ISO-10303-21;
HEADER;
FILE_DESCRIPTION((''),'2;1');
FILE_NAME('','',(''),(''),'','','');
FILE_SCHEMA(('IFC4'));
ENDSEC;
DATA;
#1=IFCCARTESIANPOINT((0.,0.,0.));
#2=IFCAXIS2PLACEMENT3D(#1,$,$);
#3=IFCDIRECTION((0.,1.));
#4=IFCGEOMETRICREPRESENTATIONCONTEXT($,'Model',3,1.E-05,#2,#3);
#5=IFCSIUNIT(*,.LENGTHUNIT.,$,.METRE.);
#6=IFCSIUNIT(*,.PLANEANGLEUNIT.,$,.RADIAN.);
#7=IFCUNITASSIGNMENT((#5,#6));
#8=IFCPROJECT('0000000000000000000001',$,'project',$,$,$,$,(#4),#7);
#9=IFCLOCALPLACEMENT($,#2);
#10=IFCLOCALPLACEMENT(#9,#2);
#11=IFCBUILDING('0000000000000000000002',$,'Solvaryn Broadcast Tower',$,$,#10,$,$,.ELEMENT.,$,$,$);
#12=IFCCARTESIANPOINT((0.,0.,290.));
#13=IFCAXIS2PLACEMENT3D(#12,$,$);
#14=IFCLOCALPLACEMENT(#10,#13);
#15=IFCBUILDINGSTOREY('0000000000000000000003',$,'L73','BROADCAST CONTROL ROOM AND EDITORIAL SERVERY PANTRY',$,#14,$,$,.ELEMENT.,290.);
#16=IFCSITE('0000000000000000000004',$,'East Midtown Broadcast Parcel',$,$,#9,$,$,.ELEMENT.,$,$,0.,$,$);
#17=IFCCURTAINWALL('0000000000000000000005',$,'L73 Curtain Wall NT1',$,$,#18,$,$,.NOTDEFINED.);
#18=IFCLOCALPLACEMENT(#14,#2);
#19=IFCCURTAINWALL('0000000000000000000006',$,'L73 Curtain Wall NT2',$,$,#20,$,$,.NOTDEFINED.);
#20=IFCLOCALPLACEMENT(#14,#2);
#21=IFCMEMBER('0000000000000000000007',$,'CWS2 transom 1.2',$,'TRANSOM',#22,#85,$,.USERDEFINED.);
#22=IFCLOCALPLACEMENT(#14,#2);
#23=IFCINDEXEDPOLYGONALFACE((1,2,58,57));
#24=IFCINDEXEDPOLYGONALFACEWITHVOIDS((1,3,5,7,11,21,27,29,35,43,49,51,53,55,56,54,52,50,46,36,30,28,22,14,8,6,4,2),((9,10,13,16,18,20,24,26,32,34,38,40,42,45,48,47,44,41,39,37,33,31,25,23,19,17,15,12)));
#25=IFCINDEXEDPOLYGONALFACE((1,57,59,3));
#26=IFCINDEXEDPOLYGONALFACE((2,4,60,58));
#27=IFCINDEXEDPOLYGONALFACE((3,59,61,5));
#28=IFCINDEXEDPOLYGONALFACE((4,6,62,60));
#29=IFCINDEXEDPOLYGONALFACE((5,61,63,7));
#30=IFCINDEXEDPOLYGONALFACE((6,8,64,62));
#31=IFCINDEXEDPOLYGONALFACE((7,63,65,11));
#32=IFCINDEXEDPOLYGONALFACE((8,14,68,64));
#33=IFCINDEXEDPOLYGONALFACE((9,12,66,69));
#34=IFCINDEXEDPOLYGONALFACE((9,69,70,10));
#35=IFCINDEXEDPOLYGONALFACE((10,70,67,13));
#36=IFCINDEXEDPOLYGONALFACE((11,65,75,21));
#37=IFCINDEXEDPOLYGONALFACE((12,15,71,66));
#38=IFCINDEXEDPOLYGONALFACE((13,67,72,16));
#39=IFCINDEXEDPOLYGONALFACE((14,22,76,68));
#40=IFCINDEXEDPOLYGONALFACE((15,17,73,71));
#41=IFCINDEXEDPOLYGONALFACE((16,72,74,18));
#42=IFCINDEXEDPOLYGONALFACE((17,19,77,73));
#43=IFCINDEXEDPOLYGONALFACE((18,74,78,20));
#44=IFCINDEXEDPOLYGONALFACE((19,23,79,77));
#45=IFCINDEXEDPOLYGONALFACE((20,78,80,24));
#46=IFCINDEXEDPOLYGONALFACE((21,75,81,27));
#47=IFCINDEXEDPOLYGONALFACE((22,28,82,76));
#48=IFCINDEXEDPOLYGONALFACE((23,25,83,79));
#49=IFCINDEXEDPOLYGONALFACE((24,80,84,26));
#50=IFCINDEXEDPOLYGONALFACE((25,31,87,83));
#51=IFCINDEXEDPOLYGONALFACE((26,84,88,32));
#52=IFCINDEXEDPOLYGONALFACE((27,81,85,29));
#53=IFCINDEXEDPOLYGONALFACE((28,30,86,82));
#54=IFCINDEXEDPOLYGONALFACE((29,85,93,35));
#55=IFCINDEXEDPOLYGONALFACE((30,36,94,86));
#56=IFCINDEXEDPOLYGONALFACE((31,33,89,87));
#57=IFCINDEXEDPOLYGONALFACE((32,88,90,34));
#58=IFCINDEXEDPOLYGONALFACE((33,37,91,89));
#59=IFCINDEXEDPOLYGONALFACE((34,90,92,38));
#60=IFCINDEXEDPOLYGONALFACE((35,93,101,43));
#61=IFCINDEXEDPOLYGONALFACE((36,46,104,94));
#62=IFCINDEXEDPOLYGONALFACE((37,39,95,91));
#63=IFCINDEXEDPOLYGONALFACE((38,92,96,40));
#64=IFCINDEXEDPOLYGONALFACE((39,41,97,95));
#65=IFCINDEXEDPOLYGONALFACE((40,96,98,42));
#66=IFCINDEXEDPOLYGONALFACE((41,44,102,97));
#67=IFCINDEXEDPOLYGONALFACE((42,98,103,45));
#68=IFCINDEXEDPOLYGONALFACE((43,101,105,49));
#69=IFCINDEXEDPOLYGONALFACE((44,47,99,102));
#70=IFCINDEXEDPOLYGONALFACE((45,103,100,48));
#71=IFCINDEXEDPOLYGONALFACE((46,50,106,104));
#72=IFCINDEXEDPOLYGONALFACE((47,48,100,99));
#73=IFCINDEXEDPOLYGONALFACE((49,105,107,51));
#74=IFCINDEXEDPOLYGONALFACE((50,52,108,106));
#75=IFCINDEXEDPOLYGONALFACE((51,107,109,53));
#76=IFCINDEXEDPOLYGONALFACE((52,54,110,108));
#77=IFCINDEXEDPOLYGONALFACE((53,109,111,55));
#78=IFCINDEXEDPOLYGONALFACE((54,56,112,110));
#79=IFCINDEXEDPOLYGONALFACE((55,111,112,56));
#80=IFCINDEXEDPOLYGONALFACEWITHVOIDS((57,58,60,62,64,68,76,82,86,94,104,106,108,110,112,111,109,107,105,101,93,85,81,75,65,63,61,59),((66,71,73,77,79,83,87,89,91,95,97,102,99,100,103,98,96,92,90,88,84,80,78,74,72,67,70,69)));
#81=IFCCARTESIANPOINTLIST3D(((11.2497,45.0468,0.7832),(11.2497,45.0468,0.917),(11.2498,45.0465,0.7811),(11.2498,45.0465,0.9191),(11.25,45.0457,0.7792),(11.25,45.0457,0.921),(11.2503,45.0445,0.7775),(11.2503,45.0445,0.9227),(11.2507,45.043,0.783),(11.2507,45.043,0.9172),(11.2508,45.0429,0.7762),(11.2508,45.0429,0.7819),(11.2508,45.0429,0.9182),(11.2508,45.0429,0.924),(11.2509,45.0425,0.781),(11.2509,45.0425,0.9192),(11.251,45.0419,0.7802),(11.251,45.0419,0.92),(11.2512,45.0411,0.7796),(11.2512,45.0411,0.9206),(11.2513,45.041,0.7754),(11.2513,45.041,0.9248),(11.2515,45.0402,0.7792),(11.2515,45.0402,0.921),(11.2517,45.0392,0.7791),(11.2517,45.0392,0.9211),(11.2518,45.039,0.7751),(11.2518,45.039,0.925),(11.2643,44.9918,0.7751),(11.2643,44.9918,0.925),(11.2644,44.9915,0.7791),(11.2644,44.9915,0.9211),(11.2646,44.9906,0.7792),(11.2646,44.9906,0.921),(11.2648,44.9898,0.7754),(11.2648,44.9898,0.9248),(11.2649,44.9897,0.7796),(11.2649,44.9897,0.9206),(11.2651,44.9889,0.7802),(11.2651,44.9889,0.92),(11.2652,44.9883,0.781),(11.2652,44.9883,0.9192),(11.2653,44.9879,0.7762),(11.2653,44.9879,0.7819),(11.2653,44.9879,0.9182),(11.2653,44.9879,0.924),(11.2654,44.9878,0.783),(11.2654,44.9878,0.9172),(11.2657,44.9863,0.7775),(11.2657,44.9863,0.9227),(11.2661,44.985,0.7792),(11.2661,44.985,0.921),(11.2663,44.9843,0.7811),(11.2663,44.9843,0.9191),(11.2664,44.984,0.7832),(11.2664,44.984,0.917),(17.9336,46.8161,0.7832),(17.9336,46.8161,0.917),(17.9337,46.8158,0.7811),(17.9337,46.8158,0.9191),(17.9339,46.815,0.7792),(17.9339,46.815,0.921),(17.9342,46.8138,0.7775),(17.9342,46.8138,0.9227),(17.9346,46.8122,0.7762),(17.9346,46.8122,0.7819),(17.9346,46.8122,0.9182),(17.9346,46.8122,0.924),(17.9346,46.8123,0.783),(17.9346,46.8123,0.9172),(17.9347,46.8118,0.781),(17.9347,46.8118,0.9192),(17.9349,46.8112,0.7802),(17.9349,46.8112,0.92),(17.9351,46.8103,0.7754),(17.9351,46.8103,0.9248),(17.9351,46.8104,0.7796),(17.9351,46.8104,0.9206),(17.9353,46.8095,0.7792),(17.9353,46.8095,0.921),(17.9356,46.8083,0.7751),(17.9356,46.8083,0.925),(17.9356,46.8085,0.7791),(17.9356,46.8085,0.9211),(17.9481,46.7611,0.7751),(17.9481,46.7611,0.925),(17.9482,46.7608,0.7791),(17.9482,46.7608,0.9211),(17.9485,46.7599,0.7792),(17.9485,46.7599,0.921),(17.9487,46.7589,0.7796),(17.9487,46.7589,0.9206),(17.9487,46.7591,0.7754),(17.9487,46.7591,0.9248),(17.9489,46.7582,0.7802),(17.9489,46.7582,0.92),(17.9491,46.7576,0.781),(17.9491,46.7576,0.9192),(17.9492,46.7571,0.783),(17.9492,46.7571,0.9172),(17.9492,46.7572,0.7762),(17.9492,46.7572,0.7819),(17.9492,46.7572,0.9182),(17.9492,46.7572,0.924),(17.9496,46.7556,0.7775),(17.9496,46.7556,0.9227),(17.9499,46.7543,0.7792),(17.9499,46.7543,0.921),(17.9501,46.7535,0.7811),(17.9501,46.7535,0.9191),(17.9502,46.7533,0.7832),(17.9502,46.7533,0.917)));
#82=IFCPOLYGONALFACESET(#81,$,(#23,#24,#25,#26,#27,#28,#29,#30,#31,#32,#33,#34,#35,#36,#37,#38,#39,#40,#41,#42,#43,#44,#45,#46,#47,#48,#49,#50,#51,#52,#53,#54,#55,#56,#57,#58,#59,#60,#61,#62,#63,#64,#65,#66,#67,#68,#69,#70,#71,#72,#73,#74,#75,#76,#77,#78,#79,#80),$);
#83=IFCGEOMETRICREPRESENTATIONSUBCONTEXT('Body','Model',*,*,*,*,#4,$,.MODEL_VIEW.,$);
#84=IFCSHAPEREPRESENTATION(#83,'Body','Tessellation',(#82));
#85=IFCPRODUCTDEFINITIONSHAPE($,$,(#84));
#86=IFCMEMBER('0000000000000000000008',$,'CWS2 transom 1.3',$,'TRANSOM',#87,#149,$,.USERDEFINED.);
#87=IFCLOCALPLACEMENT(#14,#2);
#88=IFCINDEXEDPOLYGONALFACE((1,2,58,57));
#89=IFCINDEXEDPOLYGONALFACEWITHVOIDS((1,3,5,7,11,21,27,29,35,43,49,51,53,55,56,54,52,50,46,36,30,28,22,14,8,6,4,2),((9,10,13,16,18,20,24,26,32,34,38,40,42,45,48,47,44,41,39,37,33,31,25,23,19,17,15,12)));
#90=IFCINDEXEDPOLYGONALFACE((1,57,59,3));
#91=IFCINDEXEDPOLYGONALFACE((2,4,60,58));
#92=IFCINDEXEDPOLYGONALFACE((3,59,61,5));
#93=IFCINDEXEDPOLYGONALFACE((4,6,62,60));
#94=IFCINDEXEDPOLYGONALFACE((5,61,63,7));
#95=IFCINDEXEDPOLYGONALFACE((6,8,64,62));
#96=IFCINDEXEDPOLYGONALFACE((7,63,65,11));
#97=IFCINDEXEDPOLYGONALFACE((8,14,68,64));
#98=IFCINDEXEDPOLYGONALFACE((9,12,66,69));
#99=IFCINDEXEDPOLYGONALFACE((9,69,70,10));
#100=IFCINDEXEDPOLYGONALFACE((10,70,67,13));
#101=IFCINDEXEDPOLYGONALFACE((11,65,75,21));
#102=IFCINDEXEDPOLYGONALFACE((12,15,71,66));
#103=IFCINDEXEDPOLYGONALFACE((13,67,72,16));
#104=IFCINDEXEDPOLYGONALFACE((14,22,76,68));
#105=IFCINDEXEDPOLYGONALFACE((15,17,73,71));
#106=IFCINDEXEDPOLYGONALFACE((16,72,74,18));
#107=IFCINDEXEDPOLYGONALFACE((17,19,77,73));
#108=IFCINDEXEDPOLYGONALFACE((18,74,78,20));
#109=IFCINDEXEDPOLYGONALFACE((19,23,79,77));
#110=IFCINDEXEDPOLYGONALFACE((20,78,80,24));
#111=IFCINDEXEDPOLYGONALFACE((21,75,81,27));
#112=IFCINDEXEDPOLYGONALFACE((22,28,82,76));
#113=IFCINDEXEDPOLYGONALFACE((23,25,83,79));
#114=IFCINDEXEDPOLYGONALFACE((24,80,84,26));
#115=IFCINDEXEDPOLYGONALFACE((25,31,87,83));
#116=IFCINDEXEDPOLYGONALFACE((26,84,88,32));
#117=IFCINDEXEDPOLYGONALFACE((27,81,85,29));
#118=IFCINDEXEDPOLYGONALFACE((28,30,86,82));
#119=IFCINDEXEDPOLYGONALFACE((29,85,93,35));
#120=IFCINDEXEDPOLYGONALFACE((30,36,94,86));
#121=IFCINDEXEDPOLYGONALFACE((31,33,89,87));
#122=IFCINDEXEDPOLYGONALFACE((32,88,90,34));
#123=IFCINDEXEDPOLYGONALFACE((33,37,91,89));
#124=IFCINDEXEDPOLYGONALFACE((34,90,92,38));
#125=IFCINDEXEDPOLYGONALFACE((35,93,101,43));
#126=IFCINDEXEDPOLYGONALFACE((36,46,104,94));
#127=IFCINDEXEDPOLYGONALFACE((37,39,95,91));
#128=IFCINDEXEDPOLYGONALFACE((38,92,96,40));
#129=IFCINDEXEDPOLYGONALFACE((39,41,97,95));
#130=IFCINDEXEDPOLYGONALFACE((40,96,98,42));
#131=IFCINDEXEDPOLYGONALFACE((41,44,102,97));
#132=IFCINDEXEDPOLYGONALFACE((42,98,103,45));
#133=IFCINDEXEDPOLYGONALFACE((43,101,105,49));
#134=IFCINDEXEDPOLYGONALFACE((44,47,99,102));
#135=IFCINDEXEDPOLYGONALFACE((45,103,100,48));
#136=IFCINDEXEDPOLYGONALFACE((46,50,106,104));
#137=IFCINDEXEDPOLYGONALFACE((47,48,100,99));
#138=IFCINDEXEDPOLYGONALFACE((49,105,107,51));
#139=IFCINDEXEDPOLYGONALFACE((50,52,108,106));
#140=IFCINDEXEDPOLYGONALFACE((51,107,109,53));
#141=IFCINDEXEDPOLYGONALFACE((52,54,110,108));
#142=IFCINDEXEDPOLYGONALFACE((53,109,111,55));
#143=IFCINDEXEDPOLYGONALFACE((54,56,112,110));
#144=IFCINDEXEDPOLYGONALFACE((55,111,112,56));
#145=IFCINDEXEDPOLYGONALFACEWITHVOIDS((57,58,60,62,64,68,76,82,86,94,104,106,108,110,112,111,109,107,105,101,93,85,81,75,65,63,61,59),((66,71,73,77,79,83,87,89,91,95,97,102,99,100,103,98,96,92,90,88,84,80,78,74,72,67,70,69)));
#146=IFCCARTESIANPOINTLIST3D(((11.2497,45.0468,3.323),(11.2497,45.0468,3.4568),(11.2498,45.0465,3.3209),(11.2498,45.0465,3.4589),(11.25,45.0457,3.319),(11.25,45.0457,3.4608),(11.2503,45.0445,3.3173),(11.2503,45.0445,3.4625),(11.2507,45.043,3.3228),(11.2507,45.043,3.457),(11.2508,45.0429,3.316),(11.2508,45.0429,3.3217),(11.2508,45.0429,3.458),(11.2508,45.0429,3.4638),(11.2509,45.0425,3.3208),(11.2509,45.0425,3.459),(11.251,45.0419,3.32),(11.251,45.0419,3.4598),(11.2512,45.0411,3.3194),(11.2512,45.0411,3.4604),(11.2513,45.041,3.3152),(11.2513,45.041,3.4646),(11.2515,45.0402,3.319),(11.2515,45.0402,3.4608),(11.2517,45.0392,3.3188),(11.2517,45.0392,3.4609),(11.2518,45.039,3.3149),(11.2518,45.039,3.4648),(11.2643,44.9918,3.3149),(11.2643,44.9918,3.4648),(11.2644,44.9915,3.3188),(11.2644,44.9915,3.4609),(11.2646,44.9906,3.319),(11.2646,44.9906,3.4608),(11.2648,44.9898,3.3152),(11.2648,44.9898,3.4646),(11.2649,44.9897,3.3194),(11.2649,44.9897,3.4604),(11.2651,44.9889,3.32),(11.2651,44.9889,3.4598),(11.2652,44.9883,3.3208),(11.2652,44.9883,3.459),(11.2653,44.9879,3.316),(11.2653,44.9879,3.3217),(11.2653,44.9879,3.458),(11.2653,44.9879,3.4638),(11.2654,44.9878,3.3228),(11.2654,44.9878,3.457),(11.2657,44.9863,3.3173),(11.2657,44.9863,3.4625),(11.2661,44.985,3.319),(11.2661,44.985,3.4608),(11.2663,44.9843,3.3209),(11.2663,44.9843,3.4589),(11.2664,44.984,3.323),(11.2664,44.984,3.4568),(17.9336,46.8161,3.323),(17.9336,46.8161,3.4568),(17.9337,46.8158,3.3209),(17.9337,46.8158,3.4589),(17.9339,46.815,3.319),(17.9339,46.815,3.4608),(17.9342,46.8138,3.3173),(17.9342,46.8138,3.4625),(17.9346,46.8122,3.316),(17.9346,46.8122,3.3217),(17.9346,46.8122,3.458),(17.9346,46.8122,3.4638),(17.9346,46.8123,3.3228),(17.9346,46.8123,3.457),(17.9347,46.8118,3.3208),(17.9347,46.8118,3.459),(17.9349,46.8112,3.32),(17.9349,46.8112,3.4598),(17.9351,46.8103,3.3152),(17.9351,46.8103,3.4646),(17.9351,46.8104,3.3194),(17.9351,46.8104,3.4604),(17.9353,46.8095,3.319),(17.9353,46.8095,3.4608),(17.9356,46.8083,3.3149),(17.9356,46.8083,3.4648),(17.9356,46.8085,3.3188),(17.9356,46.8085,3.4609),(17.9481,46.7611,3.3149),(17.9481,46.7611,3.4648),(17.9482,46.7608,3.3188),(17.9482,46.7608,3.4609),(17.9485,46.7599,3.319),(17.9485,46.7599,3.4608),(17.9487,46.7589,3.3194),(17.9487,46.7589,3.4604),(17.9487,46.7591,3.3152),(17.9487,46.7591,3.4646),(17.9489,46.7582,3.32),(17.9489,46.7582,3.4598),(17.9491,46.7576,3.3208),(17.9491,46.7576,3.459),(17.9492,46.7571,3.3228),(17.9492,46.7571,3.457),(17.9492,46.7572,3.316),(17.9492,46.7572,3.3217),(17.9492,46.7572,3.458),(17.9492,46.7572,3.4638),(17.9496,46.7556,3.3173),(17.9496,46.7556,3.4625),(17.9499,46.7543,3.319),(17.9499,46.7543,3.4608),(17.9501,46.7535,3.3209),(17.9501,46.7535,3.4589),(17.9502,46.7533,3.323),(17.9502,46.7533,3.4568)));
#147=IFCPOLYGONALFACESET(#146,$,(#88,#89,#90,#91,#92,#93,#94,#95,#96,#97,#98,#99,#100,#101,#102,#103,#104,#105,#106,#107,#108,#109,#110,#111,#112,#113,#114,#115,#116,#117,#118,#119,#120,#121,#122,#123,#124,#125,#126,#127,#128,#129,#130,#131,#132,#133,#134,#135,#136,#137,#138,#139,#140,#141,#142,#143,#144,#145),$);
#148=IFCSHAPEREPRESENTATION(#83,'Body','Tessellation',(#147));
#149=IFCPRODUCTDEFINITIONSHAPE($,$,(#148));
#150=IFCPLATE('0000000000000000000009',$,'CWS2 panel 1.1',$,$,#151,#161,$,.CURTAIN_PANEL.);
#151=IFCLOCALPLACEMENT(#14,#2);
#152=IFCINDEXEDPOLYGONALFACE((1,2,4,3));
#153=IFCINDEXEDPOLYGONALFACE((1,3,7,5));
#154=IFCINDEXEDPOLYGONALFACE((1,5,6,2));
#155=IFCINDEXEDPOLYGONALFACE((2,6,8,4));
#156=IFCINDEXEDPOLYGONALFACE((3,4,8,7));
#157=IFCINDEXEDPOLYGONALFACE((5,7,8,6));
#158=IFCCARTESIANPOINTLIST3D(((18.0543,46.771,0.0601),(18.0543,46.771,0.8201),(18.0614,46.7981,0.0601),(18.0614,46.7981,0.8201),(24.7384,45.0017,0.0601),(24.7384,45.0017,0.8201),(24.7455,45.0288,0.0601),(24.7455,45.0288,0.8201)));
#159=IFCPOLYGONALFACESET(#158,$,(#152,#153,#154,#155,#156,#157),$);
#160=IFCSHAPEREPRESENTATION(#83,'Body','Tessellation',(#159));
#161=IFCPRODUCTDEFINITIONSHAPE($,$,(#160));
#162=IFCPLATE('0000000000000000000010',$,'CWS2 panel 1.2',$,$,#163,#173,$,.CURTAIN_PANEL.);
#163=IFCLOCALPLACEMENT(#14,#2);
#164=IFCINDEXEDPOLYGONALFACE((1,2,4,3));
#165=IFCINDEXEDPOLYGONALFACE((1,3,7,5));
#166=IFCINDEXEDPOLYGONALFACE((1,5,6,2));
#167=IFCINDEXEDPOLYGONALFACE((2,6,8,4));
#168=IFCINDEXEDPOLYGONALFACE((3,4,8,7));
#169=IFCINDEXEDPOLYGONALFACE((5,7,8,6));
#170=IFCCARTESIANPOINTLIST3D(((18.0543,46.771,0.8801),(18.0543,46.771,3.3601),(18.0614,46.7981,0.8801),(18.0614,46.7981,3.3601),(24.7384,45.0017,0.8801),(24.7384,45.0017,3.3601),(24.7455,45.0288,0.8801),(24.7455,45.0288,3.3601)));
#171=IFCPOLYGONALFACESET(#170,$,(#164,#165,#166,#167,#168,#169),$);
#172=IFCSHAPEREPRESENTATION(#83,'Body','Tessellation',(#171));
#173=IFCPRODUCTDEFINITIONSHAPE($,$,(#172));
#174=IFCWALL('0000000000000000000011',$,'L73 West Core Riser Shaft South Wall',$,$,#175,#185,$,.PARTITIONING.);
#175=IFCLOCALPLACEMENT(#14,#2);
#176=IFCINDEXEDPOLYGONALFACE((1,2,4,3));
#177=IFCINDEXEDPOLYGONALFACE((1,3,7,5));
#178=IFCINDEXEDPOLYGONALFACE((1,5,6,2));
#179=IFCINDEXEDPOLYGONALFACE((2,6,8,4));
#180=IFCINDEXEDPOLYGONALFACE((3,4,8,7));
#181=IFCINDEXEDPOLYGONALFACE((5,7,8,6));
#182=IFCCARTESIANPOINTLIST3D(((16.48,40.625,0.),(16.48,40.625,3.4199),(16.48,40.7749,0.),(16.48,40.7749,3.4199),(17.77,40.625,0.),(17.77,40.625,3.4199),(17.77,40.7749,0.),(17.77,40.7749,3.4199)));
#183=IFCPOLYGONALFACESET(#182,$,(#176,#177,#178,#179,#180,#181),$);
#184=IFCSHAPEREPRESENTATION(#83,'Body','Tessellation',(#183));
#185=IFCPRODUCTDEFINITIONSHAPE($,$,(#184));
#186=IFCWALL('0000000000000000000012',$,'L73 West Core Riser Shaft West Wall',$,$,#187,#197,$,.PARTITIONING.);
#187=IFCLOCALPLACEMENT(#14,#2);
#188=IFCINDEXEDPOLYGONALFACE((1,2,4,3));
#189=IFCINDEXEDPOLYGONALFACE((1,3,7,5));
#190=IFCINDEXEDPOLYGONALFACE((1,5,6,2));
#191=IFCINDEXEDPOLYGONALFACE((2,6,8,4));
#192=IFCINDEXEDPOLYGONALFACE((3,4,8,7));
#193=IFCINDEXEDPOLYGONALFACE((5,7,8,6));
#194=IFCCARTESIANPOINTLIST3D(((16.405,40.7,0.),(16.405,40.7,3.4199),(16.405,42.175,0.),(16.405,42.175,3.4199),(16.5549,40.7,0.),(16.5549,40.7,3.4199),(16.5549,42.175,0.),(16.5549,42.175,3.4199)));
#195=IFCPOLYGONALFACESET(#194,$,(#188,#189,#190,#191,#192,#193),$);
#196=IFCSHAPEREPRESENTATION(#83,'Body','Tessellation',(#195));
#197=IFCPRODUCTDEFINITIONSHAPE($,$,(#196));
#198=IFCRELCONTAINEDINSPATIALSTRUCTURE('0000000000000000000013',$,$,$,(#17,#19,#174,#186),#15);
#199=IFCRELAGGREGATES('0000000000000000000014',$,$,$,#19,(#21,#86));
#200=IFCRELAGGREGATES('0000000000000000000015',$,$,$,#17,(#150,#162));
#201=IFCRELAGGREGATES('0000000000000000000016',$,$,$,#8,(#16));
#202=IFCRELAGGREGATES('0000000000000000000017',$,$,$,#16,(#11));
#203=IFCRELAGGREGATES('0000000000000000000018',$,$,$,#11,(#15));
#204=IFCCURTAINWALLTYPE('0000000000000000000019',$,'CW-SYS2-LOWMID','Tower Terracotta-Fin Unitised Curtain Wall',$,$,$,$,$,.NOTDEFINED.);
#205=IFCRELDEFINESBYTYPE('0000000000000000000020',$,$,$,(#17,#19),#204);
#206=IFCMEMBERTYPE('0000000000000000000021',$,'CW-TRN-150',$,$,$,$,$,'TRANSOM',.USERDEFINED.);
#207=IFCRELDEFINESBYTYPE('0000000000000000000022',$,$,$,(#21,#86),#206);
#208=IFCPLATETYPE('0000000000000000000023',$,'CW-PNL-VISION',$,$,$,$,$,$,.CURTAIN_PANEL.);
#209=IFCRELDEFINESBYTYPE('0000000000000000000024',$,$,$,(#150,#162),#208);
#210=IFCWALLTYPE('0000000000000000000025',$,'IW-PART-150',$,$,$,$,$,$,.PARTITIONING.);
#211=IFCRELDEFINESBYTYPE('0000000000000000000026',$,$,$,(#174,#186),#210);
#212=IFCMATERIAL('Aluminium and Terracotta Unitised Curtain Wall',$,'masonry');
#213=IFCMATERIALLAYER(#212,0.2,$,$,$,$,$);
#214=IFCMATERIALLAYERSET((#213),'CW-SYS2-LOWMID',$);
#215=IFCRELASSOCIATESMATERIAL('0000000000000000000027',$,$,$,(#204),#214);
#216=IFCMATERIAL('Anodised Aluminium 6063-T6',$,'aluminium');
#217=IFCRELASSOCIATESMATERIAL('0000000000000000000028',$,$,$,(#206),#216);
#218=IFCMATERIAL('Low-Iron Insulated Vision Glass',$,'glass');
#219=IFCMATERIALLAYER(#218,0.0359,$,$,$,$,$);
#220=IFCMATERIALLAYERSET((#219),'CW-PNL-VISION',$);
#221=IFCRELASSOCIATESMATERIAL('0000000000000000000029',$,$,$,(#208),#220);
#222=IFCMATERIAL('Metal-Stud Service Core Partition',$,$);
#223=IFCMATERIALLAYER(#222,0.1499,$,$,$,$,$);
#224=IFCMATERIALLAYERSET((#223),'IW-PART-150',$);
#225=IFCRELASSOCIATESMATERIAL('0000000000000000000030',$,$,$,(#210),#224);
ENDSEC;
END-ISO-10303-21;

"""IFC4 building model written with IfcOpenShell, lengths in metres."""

from ifc_helpers import new_model, si_unit, direction, frame, frame_2d, origin, origin_2d, place, context, subcontext, project, spatial, rectangle, hollow_rectangle, extrude, material, layer, layer_set, material_profile, profile_set, type_object, element, aggregate, save


model = new_model("IFC4")

# Units and contexts
model_context = context("Model", 3, precision=1e-05, world=origin(), true_north=direction((0.0, 1.0)))
body_context = subcontext(model_context, "Body", "Model", "MODEL_VIEW")
ifc_project = project(units=[si_unit("LENGTHUNIT", "METRE"), si_unit("PLANEANGLEUNIT", "RADIAN")], contexts=[model_context])

# Site, building, storey
site_placement = place(None, origin())
site = spatial("IfcSite", under=ifc_project, at=site_placement, Name="East Midtown Broadcast Parcel", CompositionType="ELEMENT", RefElevation=0.0)
building_placement = place(site_placement, origin())
building = spatial("IfcBuilding", under=site, at=building_placement, Name="Solvaryn Broadcast Tower", CompositionType="ELEMENT")
storey_placement = place(building_placement, frame((0.0, 0.0, 290.0)))
storey = spatial("IfcBuildingStorey", under=building, at=storey_placement, Name="L73", Description="BROADCAST CONTROL ROOM AND EDITORIAL SERVERY PANTRY", CompositionType="ELEMENT", Elevation=290.0)

# Curtain wall
ifc_material_1 = material(Name="Aluminium and Terracotta Unitised Curtain Wall", Category="masonry")
ifc_layer_1 = layer(ifc_material_1, 0.2)
ifc_layer_set_1 = layer_set([ifc_layer_1], Name="CW-SYS2-LOWMID")
curtain_wall_type = type_object("IfcCurtainWallType", Name="CW-SYS2-LOWMID", Description="Tower Terracotta-Fin Unitised Curtain Wall", PredefinedType="NOTDEFINED", material=ifc_layer_set_1)
curtain_wall_1_placement = place(storey_placement, origin())
curtain_wall_1 = element("IfcCurtainWall", 1, at=curtain_wall_1_placement, inside=storey, type_object=curtain_wall_type, Name="L73 Curtain Wall NT1", PredefinedType="NOTDEFINED")

# Curtain wall, members
curtain_wall_2_placement = place(storey_placement, origin())
curtain_wall_2 = element("IfcCurtainWall", 2, at=curtain_wall_2_placement, inside=storey, type_object=curtain_wall_type, Name="L73 Curtain Wall NT2", PredefinedType="NOTDEFINED")
ifc_material_2 = material(Name="Anodised Aluminium 6063-T6", Category="aluminium")
ifc_material_profile_1 = material_profile(ifc_material_2, hollow_rectangle(XDim=0.0649, YDim=0.1499, WallThickness=0.0039, InnerFilletRadius=0.0039, OuterFilletRadius=0.0081, at=origin_2d()))
ifc_profile_set_1 = profile_set([ifc_material_profile_1], Name="Anodised Aluminium 6063-T6")
member_type_1 = type_object("IfcMemberType", Name="CW-TRN-150", ElementType="TRANSOM", PredefinedType="USERDEFINED", material=ifc_profile_set_1)
member_1_placement = place(storey_placement, frame((17.9419, 46.7847, 0.8501), z_axis=(-0.966704, -0.255897, 0.0), x_axis=(0.255897, -0.966704, 0.0)))
member_1 = element("IfcMember", 3, at=member_1_placement, type_object=member_type_1, Name="CWS2 transom 1.2", ObjectType="TRANSOM", PredefinedType="USERDEFINED", context=body_context, shape_type="SweptSolid", body=[
    extrude(hollow_rectangle(XDim=0.0649, YDim=0.1499, WallThickness=0.0039, InnerFilletRadius=0.0039, OuterFilletRadius=0.0081, at=origin_2d()), origin(), (0.0, 0.0, 1.0), 6.9141),
])
member_2_placement = place(storey_placement, frame((17.9419, 46.7847, 3.3899), z_axis=(-0.966704, -0.255897, 0.0), x_axis=(0.255897, -0.966704, 0.0)))
member_2 = element("IfcMember", 4, at=member_2_placement, type_object=member_type_1, Name="CWS2 transom 1.3", ObjectType="TRANSOM", PredefinedType="USERDEFINED", context=body_context, shape_type="SweptSolid", body=[
    extrude(hollow_rectangle(XDim=0.0649, YDim=0.1499, WallThickness=0.0039, InnerFilletRadius=0.0039, OuterFilletRadius=0.0081, at=origin_2d()), origin(), (0.0, 0.0, 1.0), 6.9141),
])
aggregate(curtain_wall_2, [member_1, member_2])

# Plates
ifc_material_3 = material(Name="Low-Iron Insulated Vision Glass", Category="glass")
ifc_layer_2 = layer(ifc_material_3, 0.0359)
ifc_layer_set_2 = layer_set([ifc_layer_2], Name="CW-PNL-VISION")
plate_type = type_object("IfcPlateType", Name="CW-PNL-VISION", PredefinedType="CURTAIN_PANEL", material=ifc_layer_set_2)
plate_1_placement = place(storey_placement, frame((21.3999, 45.8999, 0.0601), z_axis=(0.0, 0.0, 1.0), x_axis=(-0.966705, 0.255893, 0.0)))
plate_1 = element("IfcPlate", 5, at=plate_1_placement, type_object=plate_type, Name="CWS2 panel 1.1", PredefinedType="CURTAIN_PANEL", context=body_context, shape_type="SweptSolid", body=[
    extrude(rectangle(XDim=6.9143, YDim=0.0281, at=origin_2d()), origin(), (0.0, 0.0, 1.0), 0.76),
])
plate_2_placement = place(storey_placement, frame((21.3999, 45.8999, 0.8801), z_axis=(0.0, 0.0, 1.0), x_axis=(-0.966705, 0.255893, 0.0)))
plate_2 = element("IfcPlate", 6, at=plate_2_placement, type_object=plate_type, Name="CWS2 panel 1.2", PredefinedType="CURTAIN_PANEL", context=body_context, shape_type="SweptSolid", body=[
    extrude(rectangle(XDim=6.9143, YDim=0.0281, at=origin_2d()), origin(), (0.0, 0.0, 1.0), 2.48),
])
aggregate(curtain_wall_1, [plate_1, plate_2])

# Walls
ifc_material_4 = material(Name="Metal-Stud Service Core Partition")
ifc_layer_3 = layer(ifc_material_4, 0.1499)
ifc_layer_set_3 = layer_set([ifc_layer_3], Name="IW-PART-150")
wall_type_1 = type_object("IfcWallType", Name="IW-PART-150", PredefinedType="PARTITIONING", material=ifc_layer_set_3)
wall_1_placement = place(storey_placement, frame((16.48, 40.7, 0.0), z_axis=(0.0, 0.0, 1.0), x_axis=(1.0, 0.0, 0.0)))
element("IfcWall", 7, at=wall_1_placement, inside=storey, type_object=wall_type_1, Name="L73 West Core Riser Shaft South Wall", PredefinedType="PARTITIONING", context=body_context, shape_type="SweptSolid", body=[
    extrude(rectangle(XDim=1.29, YDim=0.1499, at=frame_2d((0.645, 0.0))), origin(), (0.0, 0.0, 1.0), 3.4199),
])
wall_2_placement = place(storey_placement, frame((16.48, 40.7, 0.0), z_axis=(0.0, 0.0, 1.0), x_axis=(0.0, 1.0, 0.0)))
element("IfcWall", 8, at=wall_2_placement, inside=storey, type_object=wall_type_1, Name="L73 West Core Riser Shaft West Wall", PredefinedType="PARTITIONING", context=body_context, shape_type="SweptSolid", body=[
    extrude(rectangle(XDim=1.4751, YDim=0.1499, at=frame_2d((0.7375, 0.0))), origin(), (0.0, 0.0, 1.0), 3.4199),
])

save(model, "model.ifc")
